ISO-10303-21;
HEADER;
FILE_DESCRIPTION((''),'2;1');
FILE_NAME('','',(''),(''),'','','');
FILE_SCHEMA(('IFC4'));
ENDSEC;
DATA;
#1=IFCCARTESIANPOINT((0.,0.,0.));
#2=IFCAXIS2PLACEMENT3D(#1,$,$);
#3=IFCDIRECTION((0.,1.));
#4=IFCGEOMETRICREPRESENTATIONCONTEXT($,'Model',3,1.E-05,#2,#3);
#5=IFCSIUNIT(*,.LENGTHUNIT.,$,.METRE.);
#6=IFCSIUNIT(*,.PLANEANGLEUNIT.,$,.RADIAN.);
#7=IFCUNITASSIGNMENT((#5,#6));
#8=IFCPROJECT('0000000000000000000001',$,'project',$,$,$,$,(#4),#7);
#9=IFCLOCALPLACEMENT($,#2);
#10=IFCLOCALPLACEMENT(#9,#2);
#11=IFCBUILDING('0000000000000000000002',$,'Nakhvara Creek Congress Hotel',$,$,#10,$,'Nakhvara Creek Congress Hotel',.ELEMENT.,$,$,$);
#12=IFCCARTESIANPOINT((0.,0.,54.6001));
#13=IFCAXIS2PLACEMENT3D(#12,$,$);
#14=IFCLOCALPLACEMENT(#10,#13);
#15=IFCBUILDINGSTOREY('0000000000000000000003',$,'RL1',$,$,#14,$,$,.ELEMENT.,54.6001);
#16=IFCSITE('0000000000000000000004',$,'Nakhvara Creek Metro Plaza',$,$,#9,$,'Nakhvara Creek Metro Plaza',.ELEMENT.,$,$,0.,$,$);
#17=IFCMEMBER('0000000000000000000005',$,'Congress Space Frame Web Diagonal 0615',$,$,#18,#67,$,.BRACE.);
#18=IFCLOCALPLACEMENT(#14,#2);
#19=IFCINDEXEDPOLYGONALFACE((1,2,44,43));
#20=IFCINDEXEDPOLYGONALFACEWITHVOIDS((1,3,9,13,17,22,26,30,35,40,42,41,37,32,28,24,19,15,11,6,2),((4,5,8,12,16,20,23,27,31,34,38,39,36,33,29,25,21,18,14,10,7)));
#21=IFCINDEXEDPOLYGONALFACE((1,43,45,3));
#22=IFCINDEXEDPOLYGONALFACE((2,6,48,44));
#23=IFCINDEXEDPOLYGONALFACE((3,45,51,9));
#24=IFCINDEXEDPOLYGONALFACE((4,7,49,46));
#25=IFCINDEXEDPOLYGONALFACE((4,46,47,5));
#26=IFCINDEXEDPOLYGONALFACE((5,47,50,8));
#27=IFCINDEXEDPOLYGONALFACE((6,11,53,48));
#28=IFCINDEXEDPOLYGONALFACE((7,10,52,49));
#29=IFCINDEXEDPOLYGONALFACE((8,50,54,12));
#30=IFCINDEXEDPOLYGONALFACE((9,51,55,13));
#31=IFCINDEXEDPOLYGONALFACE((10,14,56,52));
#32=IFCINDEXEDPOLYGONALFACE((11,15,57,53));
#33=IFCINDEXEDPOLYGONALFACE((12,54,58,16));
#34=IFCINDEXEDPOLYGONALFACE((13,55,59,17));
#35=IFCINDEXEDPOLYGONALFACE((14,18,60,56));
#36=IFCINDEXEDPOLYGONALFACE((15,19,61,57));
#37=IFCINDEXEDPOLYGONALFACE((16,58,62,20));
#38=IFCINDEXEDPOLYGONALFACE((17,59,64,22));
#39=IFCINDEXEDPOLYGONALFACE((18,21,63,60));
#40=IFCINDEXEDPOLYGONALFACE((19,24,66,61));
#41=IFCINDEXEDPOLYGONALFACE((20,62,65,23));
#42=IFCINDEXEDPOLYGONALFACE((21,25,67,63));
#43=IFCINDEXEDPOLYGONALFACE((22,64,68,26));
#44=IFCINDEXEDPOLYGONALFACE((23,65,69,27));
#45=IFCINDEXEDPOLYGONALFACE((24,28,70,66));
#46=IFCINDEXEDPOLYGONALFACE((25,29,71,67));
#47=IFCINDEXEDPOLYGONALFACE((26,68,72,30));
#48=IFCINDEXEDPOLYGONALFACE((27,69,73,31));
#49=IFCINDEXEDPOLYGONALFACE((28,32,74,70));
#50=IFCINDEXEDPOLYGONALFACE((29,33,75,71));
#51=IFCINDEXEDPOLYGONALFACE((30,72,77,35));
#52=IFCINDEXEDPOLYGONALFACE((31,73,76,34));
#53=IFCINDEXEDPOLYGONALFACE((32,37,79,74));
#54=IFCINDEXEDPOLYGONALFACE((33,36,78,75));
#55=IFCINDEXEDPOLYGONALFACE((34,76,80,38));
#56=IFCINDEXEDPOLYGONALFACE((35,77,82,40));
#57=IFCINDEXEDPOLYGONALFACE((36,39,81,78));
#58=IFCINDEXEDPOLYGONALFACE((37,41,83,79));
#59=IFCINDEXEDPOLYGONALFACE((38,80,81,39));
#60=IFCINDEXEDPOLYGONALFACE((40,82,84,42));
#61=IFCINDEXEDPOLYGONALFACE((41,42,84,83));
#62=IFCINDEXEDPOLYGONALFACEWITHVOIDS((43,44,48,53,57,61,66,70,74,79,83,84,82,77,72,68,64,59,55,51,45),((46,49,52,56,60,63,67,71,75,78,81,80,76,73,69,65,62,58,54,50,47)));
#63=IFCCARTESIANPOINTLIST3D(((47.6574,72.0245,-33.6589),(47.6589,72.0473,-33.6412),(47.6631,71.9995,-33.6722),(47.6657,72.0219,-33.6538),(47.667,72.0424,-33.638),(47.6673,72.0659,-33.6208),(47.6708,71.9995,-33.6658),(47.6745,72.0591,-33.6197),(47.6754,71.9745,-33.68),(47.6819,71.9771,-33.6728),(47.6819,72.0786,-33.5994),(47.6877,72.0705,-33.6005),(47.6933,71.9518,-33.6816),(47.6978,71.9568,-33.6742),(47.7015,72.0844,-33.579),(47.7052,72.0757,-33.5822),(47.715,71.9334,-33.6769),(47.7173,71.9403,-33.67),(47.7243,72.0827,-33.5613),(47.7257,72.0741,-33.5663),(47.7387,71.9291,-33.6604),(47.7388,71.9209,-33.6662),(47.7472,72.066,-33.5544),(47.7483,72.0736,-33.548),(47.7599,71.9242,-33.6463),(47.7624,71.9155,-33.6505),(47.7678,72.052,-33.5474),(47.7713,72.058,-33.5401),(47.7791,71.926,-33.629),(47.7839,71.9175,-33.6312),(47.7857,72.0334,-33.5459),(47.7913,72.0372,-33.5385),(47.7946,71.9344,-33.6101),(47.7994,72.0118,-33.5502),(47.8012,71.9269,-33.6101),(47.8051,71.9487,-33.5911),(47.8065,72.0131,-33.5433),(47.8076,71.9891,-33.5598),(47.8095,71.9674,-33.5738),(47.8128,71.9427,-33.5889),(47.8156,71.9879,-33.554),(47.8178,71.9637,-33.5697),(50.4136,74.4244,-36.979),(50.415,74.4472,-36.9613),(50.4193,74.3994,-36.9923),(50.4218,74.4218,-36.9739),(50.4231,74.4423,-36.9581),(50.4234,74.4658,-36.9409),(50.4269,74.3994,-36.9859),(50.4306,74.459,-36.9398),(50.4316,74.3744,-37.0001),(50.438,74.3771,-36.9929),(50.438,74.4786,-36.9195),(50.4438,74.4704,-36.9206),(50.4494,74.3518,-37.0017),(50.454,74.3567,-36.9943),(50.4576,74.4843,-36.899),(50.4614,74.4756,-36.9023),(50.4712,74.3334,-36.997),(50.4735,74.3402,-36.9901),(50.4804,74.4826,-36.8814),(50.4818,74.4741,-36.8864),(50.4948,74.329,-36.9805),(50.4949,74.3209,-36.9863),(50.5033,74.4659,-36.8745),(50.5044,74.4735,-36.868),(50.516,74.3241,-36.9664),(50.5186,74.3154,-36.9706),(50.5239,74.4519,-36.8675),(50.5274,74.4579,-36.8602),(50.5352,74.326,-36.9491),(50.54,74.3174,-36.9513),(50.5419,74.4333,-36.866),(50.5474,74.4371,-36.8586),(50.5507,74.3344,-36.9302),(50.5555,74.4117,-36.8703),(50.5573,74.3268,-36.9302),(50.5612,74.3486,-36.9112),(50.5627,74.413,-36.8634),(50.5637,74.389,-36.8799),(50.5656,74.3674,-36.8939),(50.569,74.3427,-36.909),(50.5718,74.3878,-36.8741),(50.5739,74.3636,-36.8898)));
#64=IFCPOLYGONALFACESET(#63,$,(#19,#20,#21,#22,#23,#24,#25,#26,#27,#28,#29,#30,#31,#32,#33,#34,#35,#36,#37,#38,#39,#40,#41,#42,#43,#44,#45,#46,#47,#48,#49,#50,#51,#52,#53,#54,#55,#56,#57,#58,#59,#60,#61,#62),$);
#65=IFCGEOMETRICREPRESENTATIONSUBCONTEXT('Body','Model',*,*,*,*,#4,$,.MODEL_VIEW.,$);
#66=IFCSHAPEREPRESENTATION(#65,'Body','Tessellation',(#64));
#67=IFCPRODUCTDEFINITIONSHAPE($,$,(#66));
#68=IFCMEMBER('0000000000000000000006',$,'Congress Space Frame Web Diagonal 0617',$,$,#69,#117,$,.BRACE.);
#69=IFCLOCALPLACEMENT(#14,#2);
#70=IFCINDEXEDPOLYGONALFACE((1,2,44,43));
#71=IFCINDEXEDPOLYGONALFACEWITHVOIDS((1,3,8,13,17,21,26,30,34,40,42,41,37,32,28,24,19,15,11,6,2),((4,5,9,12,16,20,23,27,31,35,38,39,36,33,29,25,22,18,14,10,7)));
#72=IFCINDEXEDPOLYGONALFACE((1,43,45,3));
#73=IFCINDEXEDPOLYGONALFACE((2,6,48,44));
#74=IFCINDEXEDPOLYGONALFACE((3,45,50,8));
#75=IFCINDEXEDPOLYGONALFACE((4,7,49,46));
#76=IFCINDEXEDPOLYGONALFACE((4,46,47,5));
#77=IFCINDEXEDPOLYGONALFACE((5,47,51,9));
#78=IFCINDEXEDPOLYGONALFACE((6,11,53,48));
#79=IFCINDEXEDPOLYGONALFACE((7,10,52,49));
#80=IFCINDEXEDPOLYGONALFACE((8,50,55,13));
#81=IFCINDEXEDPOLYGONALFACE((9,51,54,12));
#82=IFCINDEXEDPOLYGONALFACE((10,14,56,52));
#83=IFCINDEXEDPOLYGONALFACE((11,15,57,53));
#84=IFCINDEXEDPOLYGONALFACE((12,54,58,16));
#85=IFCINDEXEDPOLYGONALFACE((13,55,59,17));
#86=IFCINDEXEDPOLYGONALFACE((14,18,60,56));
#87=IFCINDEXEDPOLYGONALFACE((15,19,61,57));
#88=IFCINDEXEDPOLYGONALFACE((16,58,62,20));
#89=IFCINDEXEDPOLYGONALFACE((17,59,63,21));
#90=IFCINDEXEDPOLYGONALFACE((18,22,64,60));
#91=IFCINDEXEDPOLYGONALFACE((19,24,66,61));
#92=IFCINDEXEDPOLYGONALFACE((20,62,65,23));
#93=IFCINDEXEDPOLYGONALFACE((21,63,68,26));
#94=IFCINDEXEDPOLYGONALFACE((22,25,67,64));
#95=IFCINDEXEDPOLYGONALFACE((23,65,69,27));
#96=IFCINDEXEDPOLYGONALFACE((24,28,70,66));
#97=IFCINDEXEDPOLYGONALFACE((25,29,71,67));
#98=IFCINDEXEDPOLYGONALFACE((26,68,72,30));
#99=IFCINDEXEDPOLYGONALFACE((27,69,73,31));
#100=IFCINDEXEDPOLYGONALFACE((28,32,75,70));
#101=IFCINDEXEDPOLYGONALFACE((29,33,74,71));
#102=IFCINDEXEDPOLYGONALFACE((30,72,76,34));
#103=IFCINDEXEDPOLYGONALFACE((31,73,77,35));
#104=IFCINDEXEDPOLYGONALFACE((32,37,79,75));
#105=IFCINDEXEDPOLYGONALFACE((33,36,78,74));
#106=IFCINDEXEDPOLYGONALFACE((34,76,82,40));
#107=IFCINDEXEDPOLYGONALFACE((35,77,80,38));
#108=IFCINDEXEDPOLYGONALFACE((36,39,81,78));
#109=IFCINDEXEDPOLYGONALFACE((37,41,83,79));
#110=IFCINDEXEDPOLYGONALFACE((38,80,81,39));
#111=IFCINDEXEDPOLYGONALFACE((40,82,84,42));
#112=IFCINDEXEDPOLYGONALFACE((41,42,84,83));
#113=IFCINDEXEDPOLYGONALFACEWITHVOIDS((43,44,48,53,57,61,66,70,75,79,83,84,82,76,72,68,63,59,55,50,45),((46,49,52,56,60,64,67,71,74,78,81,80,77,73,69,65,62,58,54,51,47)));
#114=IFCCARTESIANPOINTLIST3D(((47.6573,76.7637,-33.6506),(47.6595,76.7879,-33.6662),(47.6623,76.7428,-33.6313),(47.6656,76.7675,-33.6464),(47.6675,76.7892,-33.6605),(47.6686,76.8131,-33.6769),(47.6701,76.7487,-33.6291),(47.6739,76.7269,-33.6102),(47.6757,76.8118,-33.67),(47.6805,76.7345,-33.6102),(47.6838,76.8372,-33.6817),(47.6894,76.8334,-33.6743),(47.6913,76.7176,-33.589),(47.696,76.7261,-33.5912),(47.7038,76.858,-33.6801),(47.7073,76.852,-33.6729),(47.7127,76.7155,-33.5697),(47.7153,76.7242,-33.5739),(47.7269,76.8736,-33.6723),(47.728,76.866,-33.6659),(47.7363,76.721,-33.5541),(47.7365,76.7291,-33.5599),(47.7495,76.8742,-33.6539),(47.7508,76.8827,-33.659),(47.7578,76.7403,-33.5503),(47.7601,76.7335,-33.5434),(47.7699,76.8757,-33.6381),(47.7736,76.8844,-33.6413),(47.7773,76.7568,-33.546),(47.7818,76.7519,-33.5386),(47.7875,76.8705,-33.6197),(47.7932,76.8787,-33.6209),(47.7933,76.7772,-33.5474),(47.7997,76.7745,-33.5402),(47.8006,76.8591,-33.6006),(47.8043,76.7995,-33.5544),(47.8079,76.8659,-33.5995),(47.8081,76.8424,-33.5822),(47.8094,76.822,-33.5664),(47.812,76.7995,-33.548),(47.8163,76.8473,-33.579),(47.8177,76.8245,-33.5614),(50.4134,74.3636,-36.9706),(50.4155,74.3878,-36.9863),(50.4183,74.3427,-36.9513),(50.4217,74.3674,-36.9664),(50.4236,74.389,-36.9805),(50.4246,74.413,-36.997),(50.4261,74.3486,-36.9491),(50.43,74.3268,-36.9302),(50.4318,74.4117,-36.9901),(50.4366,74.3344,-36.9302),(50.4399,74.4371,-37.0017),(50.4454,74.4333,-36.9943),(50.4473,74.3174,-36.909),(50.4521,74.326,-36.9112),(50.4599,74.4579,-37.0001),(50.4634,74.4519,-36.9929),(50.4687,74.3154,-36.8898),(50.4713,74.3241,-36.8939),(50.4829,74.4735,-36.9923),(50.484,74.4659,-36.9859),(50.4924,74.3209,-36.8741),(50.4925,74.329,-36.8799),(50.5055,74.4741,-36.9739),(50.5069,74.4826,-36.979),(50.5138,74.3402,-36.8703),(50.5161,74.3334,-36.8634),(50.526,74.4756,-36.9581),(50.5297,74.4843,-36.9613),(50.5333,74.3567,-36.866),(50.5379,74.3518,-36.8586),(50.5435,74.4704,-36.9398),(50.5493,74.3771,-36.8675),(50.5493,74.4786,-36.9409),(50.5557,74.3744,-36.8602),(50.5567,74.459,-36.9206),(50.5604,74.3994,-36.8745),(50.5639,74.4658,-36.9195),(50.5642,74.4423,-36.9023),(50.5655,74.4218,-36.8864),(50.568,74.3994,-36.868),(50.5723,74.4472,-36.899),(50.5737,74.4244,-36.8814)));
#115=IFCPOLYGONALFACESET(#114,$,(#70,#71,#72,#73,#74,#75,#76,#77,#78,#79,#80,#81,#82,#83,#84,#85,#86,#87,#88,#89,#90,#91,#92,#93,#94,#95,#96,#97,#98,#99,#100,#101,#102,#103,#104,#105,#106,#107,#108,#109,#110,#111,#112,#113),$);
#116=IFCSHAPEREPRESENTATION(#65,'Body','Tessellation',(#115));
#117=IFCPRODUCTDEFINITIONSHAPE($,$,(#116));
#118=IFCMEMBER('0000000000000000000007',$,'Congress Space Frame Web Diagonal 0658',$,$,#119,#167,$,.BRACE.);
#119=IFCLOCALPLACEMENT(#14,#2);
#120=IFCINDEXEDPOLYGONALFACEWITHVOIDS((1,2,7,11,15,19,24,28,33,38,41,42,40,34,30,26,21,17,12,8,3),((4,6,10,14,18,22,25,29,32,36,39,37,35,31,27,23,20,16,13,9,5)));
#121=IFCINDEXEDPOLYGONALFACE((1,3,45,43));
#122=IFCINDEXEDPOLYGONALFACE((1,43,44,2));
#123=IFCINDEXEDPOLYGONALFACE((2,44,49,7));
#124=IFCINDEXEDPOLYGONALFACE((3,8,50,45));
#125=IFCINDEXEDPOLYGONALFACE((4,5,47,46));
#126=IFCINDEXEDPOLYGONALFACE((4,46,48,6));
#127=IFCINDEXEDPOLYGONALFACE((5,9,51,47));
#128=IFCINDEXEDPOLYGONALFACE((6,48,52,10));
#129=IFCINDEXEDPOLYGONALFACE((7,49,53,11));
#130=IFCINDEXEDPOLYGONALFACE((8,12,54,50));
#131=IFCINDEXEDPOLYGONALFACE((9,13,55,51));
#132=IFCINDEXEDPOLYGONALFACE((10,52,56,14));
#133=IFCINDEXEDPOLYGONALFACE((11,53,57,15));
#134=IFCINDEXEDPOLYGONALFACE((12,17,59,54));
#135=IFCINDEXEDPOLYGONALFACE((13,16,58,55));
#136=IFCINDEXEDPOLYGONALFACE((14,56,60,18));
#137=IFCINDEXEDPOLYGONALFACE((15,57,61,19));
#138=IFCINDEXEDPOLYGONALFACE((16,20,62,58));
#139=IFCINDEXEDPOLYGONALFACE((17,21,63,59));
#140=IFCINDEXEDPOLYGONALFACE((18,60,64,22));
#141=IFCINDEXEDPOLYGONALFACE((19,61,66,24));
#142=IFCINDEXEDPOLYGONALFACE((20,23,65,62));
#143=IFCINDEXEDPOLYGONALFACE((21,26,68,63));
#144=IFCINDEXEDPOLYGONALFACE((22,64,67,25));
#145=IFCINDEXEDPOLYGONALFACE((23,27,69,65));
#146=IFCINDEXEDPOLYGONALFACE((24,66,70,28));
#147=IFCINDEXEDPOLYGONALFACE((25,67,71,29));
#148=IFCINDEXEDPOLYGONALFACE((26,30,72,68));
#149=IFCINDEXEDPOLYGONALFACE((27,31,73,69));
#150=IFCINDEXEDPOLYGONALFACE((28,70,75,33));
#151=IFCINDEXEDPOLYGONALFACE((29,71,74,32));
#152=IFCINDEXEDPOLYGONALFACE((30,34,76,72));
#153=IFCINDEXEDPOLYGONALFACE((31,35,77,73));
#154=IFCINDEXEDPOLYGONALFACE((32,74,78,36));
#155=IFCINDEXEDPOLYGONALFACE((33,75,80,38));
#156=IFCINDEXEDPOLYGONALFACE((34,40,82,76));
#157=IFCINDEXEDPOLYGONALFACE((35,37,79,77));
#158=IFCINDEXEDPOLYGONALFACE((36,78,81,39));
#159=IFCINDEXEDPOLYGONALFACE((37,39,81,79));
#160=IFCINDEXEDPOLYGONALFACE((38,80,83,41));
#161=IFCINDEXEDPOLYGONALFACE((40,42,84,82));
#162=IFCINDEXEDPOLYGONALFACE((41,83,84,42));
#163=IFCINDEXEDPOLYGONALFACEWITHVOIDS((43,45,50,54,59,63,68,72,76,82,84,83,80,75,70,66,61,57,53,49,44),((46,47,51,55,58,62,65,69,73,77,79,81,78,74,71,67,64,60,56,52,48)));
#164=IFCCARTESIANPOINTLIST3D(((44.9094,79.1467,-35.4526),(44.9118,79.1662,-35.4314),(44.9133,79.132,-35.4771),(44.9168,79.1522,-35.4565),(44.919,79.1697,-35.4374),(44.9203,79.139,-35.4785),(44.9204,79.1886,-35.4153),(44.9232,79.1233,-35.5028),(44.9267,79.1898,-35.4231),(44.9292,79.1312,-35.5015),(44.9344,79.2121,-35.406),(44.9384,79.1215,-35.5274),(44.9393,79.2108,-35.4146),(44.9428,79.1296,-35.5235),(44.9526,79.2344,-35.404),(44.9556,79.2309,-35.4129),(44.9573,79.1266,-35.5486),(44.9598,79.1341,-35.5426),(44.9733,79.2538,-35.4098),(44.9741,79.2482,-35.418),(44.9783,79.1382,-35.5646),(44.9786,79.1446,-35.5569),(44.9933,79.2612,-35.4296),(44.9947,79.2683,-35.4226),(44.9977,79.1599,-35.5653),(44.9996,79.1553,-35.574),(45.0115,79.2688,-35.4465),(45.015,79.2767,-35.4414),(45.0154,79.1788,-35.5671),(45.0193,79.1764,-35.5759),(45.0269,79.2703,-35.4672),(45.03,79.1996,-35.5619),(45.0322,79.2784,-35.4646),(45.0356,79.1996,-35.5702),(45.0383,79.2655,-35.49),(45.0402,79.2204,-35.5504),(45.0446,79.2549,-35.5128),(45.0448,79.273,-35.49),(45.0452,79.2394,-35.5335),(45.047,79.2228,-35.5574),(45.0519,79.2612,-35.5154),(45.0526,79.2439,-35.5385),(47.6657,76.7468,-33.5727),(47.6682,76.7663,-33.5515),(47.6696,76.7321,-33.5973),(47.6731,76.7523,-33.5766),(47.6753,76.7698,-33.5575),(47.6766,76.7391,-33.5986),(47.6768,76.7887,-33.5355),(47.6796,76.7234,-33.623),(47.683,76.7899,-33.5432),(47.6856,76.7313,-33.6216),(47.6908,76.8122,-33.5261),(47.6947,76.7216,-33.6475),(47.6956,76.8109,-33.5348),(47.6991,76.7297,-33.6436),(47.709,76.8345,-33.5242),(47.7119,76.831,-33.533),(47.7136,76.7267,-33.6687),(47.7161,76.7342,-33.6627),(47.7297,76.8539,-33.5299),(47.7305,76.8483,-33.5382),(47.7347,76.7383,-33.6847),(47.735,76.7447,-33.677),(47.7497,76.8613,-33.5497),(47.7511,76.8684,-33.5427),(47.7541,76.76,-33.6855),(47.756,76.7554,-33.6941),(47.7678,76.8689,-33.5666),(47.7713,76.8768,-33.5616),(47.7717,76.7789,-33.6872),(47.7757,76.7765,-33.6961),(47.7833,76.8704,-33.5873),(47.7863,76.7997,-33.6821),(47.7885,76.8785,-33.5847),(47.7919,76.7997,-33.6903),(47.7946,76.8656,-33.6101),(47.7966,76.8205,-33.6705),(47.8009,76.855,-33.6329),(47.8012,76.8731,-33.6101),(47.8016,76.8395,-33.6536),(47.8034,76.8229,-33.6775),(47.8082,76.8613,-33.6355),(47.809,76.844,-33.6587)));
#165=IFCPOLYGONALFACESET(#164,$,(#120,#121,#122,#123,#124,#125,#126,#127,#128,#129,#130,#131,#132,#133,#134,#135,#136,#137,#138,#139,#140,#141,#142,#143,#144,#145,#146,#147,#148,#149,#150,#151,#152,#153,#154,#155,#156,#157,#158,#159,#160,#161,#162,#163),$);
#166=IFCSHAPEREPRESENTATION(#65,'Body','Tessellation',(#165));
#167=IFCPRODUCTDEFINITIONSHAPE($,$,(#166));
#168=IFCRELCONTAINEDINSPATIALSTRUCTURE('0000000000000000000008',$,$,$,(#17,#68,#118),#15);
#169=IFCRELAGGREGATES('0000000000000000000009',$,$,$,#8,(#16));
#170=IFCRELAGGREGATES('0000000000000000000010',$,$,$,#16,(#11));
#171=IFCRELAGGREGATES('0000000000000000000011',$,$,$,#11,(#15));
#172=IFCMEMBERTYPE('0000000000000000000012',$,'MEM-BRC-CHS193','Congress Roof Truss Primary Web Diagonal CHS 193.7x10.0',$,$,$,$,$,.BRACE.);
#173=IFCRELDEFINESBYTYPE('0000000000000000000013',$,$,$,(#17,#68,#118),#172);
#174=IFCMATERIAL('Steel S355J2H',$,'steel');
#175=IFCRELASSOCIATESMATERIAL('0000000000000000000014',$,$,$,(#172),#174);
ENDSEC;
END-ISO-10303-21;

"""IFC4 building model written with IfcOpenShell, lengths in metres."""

from ifc_helpers import new_model, si_unit, direction, frame, origin, origin_2d, place, context, subcontext, project, spatial, hollow_circle, extrude, material, material_profile, profile_set, type_object, element, save


model = new_model("IFC4")

# Units and contexts
model_context = context("Model", 3, precision=1e-05, world=origin(), true_north=direction((0.0, 1.0)))
body_context = subcontext(model_context, "Body", "Model", "MODEL_VIEW")
ifc_project = project(units=[si_unit("LENGTHUNIT", "METRE"), si_unit("PLANEANGLEUNIT", "RADIAN")], contexts=[model_context])

# Site, building, storey
site_placement = place(None, origin())
site = spatial("IfcSite", under=ifc_project, at=site_placement, Name="Nakhvara Creek Metro Plaza", LongName="Nakhvara Creek Metro Plaza", CompositionType="ELEMENT", RefElevation=0.0)
building_placement = place(site_placement, origin())
building = spatial("IfcBuilding", under=site, at=building_placement, Name="Nakhvara Creek Congress Hotel", LongName="Nakhvara Creek Congress Hotel", CompositionType="ELEMENT")
storey_placement = place(building_placement, frame((0.0, 0.0, 54.6001)))
storey = spatial("IfcBuildingStorey", under=building, at=storey_placement, Name="RL1", CompositionType="ELEMENT", Elevation=54.6001)

# Members
ifc_material_1 = material(Name="Steel S355J2H", Category="steel")
ifc_material_profile_1 = material_profile(ifc_material_1, hollow_circle(Radius=0.0969, WallThickness=0.01, at=origin_2d()), Name="CHS 193.7x10.0", Category="LoadBearing")
ifc_profile_set_1 = profile_set([ifc_material_profile_1], Name="Steel S355J2H")
member_type_1 = type_object("IfcMemberType", Name="MEM-BRC-CHS193", Description="Congress Roof Truss Primary Web Diagonal CHS 193.7x10.0", PredefinedType="BRACE", material=ifc_profile_set_1)
for number, where, z_axis, x_axis, name in (
    (1, (50.4937, 74.3999, -36.9302), (-0.558203, -0.48606, 0.672425), (0.656691, -0.75416, 0.0), "Congress Space Frame Web Diagonal 0615"),
    (2, (50.4937, 74.3999, -36.9302), (-0.55819, 0.486098, 0.672408), (-0.656729, -0.754126, 0.0), "Congress Space Frame Web Diagonal 0617"),
):
    element("IfcMember", number, at=place(storey_placement, frame(where, z_axis=z_axis, x_axis=x_axis)), inside=storey, type_object=member_type_1, Name=name, PredefinedType="BRACE", context=body_context, shape_type="SweptSolid", body=[
        extrude(hollow_circle(Radius=0.0969, WallThickness=0.01, at=origin_2d()), origin(), (0.0, 0.0, 1.0), 4.9375),
    ])
member_1_placement = place(storey_placement, frame((44.9812, 79.2, -35.49), z_axis=(0.670667, -0.583938, 0.457408), x_axis=(0.656658, 0.754188, 0.0)))
element("IfcMember", 3, at=member_1_placement, inside=storey, type_object=member_type_1, Name="Congress Space Frame Web Diagonal 0658", PredefinedType="BRACE", context=body_context, shape_type="SweptSolid", body=[
    extrude(hollow_circle(Radius=0.0969, WallThickness=0.01, at=origin_2d()), origin(), (0.0, 0.0, 1.0), 4.1099),
])

save(model, "model.ifc")
